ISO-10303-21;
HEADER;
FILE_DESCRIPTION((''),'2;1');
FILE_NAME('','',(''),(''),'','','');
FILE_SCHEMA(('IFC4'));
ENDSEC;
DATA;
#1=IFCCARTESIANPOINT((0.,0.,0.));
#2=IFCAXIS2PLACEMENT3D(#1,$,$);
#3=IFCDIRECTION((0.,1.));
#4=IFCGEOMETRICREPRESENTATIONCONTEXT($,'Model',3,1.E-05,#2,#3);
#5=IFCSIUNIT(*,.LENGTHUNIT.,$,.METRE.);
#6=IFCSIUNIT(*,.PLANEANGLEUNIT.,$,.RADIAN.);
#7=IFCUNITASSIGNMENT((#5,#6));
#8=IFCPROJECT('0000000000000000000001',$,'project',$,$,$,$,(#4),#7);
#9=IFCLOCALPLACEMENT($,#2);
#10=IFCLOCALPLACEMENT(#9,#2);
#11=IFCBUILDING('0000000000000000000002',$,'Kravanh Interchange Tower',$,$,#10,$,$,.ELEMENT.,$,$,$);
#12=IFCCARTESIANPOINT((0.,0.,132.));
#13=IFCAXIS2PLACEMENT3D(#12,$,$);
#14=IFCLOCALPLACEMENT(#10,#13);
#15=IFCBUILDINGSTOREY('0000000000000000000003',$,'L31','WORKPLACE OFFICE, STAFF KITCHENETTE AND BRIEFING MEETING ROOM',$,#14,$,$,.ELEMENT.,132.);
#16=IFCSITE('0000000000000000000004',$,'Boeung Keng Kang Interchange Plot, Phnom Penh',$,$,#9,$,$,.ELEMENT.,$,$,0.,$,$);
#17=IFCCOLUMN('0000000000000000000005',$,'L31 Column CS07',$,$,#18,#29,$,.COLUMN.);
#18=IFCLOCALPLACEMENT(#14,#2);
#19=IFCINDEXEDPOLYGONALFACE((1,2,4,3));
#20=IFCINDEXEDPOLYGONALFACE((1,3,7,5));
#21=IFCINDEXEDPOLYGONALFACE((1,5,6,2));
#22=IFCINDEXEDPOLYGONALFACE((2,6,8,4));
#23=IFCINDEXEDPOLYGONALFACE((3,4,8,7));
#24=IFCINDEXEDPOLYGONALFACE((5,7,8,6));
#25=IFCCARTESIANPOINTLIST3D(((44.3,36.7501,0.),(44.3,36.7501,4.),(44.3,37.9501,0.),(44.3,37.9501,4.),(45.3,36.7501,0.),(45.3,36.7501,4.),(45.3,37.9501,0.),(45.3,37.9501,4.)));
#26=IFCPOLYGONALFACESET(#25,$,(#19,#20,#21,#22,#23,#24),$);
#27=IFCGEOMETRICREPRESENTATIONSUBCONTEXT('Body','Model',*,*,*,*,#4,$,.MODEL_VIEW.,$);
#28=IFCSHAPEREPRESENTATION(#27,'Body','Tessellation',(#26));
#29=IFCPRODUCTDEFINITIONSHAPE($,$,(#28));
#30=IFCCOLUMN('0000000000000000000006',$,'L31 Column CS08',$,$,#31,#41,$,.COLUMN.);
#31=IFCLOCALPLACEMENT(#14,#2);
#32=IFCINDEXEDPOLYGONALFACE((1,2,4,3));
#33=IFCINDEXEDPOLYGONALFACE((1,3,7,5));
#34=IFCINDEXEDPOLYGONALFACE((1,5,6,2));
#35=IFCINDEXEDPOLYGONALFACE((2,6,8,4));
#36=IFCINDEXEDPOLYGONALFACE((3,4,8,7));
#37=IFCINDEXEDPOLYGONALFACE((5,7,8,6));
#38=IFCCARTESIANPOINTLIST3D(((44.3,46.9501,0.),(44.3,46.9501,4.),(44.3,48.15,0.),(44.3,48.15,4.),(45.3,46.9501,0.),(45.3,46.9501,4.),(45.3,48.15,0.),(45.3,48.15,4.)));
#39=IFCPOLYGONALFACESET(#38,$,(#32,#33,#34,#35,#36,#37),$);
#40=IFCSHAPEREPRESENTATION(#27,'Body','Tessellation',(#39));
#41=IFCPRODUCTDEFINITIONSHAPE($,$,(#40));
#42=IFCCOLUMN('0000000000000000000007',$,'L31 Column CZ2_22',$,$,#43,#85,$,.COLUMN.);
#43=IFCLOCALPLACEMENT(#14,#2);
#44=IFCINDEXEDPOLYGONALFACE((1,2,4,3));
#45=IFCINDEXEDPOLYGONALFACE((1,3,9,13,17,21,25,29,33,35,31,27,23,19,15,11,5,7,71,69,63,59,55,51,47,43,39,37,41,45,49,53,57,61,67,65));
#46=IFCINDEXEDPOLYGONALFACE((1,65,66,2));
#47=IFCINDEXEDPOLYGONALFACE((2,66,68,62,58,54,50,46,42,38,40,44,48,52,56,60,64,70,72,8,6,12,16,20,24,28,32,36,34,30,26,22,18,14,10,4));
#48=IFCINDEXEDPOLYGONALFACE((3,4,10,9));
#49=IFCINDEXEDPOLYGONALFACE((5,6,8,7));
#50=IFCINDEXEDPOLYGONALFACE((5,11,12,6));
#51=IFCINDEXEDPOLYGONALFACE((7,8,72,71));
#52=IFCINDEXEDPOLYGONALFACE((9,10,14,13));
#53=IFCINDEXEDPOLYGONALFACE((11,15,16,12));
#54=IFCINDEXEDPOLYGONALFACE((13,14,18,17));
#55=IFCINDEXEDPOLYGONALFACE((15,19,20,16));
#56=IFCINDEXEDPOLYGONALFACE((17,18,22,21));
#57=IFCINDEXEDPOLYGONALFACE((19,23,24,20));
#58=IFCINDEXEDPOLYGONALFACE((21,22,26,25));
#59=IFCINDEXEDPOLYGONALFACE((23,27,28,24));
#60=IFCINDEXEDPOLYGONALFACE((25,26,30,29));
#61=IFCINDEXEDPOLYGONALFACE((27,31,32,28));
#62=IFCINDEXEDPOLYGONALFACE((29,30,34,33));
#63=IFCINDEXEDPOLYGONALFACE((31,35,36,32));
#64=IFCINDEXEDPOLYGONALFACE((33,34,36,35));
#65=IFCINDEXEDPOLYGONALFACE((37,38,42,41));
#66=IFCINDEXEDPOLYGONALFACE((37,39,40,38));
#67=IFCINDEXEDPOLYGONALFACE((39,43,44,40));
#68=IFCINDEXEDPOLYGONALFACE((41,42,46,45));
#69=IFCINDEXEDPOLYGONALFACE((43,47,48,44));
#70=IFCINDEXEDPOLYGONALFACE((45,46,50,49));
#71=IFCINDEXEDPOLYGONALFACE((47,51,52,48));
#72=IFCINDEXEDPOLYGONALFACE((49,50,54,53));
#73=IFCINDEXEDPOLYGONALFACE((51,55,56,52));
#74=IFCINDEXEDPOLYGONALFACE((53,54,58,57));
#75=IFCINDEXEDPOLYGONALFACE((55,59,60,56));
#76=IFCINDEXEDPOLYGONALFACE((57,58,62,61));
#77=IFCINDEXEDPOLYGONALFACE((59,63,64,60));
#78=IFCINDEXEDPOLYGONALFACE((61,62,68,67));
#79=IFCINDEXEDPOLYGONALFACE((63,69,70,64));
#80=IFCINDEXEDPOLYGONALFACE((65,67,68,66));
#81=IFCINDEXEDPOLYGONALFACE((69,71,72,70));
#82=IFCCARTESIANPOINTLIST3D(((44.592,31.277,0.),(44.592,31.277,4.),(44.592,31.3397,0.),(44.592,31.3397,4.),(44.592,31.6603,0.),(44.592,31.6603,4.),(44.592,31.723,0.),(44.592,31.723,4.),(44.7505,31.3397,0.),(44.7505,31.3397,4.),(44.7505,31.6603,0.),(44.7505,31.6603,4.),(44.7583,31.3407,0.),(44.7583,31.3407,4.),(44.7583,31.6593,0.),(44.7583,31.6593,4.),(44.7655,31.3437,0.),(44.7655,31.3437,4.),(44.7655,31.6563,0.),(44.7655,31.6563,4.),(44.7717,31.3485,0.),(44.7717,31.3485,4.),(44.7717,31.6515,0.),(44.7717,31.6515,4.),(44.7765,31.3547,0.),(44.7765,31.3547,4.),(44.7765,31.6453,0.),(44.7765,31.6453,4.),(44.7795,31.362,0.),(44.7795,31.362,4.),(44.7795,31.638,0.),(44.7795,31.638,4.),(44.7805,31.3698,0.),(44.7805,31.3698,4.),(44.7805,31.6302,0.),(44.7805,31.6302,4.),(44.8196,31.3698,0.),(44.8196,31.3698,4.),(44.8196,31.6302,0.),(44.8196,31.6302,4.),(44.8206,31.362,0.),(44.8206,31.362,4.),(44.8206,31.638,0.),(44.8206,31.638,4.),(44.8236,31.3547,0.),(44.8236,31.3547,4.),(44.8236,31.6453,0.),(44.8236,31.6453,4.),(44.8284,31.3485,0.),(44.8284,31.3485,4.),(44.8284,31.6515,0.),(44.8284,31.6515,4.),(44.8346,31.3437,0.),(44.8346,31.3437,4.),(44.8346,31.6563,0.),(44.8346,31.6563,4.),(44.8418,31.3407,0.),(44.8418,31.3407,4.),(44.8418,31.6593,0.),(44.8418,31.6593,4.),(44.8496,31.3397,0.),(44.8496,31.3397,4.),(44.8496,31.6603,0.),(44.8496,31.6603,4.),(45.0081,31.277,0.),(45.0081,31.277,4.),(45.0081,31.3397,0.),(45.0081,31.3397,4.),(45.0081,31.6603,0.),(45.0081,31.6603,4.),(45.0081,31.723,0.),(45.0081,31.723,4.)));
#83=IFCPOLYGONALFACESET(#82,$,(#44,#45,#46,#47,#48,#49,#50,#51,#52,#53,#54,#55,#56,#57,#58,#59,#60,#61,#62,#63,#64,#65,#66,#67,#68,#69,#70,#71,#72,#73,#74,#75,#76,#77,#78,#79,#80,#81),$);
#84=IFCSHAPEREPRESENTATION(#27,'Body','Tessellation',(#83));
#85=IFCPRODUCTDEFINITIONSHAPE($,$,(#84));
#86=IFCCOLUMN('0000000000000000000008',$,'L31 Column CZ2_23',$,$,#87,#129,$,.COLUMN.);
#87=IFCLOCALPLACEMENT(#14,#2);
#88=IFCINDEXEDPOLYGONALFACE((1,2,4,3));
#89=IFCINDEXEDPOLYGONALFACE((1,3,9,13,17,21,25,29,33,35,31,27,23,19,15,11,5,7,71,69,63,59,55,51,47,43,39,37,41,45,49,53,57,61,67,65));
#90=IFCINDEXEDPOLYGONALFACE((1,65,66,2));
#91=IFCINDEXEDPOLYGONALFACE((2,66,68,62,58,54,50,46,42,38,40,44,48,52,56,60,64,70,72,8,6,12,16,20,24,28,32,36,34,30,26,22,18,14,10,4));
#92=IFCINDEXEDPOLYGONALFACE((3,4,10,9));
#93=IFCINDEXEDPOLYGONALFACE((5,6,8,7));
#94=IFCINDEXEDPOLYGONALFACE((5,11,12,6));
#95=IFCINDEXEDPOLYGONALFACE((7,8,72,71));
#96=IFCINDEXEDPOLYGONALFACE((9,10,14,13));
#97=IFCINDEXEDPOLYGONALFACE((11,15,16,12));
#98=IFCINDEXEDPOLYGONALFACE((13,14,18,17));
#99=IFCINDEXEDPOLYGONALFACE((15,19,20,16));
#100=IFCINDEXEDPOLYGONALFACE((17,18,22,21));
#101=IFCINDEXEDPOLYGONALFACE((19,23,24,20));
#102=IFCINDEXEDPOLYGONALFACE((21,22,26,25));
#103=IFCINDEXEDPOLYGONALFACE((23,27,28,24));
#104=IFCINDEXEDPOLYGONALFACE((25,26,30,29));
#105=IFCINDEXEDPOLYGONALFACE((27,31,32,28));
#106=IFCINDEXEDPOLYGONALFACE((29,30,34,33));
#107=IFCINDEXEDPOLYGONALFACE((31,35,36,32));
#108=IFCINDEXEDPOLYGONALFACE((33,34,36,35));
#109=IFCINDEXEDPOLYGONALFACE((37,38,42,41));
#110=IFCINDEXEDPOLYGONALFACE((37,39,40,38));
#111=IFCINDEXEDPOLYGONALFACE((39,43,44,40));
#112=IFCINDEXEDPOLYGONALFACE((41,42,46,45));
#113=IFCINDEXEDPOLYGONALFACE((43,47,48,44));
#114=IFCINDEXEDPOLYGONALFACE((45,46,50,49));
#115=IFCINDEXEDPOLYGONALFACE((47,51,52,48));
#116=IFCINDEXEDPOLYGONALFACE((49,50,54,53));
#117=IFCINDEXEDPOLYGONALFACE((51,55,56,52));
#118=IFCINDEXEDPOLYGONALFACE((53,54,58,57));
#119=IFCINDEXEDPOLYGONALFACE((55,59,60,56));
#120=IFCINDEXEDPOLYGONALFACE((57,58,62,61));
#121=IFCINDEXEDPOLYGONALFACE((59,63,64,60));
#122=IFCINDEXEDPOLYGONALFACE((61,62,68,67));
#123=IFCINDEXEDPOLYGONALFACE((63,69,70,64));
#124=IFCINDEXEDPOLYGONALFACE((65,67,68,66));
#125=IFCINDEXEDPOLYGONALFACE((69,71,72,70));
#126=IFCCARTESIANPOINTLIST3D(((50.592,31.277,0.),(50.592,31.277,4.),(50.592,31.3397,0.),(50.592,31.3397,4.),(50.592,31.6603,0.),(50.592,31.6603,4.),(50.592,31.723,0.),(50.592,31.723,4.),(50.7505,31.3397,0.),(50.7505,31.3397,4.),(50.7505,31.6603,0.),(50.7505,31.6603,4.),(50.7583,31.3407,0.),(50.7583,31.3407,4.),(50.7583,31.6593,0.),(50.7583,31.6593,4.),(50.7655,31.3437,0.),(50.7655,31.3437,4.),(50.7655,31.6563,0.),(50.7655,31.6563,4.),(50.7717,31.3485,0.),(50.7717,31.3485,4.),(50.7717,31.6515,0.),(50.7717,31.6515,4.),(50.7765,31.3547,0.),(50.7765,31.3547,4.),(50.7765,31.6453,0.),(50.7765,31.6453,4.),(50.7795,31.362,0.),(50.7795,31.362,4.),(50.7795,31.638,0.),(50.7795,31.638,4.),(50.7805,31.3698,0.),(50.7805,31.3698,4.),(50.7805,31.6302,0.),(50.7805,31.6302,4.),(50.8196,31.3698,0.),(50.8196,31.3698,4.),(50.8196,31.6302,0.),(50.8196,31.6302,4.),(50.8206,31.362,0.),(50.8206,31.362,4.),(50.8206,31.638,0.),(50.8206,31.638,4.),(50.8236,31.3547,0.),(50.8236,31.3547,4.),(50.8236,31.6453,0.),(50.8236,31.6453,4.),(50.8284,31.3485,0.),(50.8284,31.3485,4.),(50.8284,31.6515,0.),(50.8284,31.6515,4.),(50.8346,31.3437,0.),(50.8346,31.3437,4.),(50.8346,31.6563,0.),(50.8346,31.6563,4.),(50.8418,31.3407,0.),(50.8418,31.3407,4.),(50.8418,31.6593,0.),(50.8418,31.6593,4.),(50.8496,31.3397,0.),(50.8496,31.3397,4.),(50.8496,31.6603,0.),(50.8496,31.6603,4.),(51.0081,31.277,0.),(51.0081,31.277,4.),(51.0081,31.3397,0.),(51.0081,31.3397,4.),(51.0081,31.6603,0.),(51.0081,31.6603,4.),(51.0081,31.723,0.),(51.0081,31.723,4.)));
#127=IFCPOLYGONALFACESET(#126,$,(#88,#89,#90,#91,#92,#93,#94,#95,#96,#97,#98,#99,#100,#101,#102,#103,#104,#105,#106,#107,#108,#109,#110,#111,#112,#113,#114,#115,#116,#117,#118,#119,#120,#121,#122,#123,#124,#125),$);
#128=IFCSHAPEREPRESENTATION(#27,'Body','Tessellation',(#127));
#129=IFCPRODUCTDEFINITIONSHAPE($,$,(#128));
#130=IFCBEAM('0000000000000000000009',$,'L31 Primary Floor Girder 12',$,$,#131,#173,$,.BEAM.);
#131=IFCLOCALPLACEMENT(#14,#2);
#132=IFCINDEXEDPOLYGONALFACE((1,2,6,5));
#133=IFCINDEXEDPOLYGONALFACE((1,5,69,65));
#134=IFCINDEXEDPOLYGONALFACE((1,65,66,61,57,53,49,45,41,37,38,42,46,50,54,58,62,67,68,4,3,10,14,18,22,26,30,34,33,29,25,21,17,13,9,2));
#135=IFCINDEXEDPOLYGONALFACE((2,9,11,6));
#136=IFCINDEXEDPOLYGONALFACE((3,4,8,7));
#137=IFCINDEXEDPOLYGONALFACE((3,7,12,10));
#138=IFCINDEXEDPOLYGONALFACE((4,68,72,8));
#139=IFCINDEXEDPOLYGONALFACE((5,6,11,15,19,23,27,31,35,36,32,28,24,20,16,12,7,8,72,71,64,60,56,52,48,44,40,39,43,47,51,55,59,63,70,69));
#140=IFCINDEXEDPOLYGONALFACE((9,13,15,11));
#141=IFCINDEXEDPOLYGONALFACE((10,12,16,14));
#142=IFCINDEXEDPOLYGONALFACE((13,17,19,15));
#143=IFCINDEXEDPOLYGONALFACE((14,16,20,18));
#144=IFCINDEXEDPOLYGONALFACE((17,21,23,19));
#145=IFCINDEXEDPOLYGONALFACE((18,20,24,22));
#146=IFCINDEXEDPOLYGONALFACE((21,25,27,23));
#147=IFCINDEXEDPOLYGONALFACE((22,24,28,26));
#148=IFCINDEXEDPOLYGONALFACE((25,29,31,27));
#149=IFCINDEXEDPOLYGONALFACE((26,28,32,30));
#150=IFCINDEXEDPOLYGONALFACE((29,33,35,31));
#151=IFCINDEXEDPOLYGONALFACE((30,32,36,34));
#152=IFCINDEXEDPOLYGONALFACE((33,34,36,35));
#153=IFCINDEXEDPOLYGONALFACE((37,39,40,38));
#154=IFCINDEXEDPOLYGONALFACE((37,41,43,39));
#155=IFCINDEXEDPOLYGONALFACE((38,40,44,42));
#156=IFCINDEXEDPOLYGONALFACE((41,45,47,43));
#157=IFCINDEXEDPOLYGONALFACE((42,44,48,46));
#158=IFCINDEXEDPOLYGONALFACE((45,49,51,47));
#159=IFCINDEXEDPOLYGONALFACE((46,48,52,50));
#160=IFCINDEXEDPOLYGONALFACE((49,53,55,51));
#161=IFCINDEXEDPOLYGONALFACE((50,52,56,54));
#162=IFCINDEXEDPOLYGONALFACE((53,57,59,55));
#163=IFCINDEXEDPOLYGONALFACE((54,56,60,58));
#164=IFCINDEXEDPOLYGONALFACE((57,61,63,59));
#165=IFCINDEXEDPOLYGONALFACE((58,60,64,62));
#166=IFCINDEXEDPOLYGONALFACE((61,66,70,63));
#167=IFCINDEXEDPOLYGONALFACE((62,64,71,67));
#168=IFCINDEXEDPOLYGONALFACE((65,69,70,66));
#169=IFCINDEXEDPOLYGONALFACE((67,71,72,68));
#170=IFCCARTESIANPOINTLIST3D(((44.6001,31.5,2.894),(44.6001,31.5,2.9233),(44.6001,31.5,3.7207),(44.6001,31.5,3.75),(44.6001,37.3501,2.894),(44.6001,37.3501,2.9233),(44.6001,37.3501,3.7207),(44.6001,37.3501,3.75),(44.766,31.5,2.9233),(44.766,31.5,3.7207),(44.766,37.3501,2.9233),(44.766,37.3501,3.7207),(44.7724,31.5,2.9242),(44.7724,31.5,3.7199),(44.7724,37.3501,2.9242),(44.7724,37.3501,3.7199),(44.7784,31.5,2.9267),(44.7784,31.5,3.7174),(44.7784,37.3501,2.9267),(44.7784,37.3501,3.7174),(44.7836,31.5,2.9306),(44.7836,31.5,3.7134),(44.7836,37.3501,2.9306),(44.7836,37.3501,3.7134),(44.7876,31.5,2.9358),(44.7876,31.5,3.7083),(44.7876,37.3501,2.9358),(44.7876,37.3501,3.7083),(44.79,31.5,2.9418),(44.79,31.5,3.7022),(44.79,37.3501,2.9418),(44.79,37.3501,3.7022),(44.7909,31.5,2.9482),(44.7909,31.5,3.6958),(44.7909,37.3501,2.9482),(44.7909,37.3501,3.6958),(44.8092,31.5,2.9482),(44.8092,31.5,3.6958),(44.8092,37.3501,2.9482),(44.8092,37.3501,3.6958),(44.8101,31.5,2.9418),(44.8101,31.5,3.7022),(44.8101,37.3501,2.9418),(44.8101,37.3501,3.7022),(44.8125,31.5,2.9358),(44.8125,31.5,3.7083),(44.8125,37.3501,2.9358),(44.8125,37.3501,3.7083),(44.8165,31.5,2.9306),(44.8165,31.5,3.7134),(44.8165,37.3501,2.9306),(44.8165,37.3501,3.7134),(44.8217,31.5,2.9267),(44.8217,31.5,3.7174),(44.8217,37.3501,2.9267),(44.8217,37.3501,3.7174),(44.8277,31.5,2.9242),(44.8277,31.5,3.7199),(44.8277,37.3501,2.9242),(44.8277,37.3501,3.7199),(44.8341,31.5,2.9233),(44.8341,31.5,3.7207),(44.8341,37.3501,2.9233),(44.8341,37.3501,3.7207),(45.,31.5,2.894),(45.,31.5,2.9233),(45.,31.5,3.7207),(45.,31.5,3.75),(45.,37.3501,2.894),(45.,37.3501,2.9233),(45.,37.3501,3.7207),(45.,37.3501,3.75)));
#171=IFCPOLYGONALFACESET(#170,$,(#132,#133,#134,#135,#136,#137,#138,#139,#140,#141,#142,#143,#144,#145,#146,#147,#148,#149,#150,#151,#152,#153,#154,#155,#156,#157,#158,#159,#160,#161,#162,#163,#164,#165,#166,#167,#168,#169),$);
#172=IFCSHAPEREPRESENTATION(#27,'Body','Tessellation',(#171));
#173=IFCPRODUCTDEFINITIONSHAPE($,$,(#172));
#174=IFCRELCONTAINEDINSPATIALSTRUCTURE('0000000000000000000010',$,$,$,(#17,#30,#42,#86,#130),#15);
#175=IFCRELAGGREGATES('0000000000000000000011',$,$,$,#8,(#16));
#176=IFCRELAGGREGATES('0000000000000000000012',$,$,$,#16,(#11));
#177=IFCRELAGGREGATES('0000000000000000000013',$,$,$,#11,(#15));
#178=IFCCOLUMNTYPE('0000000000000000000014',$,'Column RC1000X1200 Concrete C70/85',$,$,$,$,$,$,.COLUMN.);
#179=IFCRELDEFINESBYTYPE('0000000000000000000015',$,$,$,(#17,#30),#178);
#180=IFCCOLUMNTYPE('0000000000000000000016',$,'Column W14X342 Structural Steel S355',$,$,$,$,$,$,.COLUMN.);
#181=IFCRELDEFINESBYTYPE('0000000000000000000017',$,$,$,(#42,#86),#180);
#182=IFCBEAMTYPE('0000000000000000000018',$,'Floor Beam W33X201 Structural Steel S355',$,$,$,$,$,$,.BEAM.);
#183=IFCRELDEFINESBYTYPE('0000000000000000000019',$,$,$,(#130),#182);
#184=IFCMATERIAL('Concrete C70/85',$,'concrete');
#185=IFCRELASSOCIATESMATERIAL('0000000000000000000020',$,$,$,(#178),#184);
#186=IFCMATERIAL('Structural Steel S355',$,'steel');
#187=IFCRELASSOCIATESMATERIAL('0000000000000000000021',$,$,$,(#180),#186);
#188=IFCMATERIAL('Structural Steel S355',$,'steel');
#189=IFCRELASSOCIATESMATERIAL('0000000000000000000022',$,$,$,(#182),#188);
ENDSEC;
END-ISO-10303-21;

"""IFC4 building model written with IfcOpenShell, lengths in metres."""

from ifc_helpers import new_model, si_unit, direction, frame, origin, origin_2d, place, context, subcontext, project, spatial, rectangle, i_section, extrude, material, material_profile, profile_set, type_object, element, save


model = new_model("IFC4")

# Units and contexts
model_context = context("Model", 3, precision=1e-05, world=origin(), true_north=direction((0.0, 1.0)))
body_context = subcontext(model_context, "Body", "Model", "MODEL_VIEW")
ifc_project = project(units=[si_unit("LENGTHUNIT", "METRE"), si_unit("PLANEANGLEUNIT", "RADIAN")], contexts=[model_context])

# Site, building, storey
site_placement = place(None, origin())
site = spatial("IfcSite", under=ifc_project, at=site_placement, Name="Boeung Keng Kang Interchange Plot, Phnom Penh", CompositionType="ELEMENT", RefElevation=0.0)
building_placement = place(site_placement, origin())
building = spatial("IfcBuilding", under=site, at=building_placement, Name="Kravanh Interchange Tower", CompositionType="ELEMENT")
storey_placement = place(building_placement, frame((0.0, 0.0, 132.0)))
storey = spatial("IfcBuildingStorey", under=building, at=storey_placement, Name="L31", Description="WORKPLACE OFFICE, STAFF KITCHENETTE AND BRIEFING MEETING ROOM", CompositionType="ELEMENT", Elevation=132.0)

# Columns
ifc_material_1 = material(Name="Concrete C70/85", Category="concrete")
ifc_material_profile_1 = material_profile(ifc_material_1, rectangle(XDim=1.0, YDim=1.2, at=origin_2d()), Name="RC1000X1200")
ifc_profile_set_1 = profile_set([ifc_material_profile_1], Name="Concrete C70/85")
column_type_1 = type_object("IfcColumnType", Name="Column RC1000X1200 Concrete C70/85", PredefinedType="COLUMN", material=ifc_profile_set_1)
for number, where, z_axis, x_axis, name in (
    (1, (44.8, 37.3501, 0.0), (0.0, 0.0, 1.0), (1.0, 0.0, 0.0), "L31 Column CS07"),
    (2, (44.8, 47.55, 0.0), (0.0, 0.0, 1.0), (1.0, 0.0, 0.0), "L31 Column CS08"),
):
    element("IfcColumn", number, at=place(storey_placement, frame(where, z_axis=z_axis, x_axis=x_axis)), inside=storey, type_object=column_type_1, Name=name, PredefinedType="COLUMN", context=body_context, shape_type="SweptSolid", body=[
        extrude(rectangle(XDim=1.0, YDim=1.2, at=origin_2d()), origin(), (0.0, 0.0, 1.0), 4.0),
    ])
ifc_material_2 = material(Name="Structural Steel S355", Category="steel")
ifc_material_profile_2 = material_profile(ifc_material_2, i_section(OverallWidth=0.416, OverallDepth=0.446, WebThickness=0.0391, FlangeThickness=0.0627, FilletRadius=0.03, at=origin_2d()), Name="W14X342")
ifc_profile_set_2 = profile_set([ifc_material_profile_2], Name="Structural Steel S355")
column_type_2 = type_object("IfcColumnType", Name="Column W14X342 Structural Steel S355", PredefinedType="COLUMN", material=ifc_profile_set_2)
for number, where, z_axis, x_axis, name in (
    (3, (44.8, 31.5, 0.0), (0.0, 0.0, 1.0), (1.0, 0.0, 0.0), "L31 Column CZ2_22"),
    (4, (50.8, 31.5, 0.0), (0.0, 0.0, 1.0), (1.0, 0.0, 0.0), "L31 Column CZ2_23"),
):
    element("IfcColumn", number, at=place(storey_placement, frame(where, z_axis=z_axis, x_axis=x_axis)), inside=storey, type_object=column_type_2, Name=name, PredefinedType="COLUMN", context=body_context, shape_type="SweptSolid", body=[
        extrude(i_section(OverallWidth=0.416, OverallDepth=0.446, WebThickness=0.0391, FlangeThickness=0.0627, FilletRadius=0.03, at=origin_2d()), origin(), (0.0, 0.0, 1.0), 4.0),
    ])

# Beam
ifc_material_3 = material(Name="Structural Steel S355", Category="steel")
ifc_material_profile_3 = material_profile(ifc_material_3, i_section(OverallWidth=0.3999, OverallDepth=0.856, WebThickness=0.0183, FlangeThickness=0.0293, FilletRadius=0.0249, at=origin_2d()), Name="W33X201")
ifc_profile_set_3 = profile_set([ifc_material_profile_3], Name="Structural Steel S355")
beam_type_1 = type_object("IfcBeamType", Name="Floor Beam W33X201 Structural Steel S355", PredefinedType="BEAM", material=ifc_profile_set_3)
beam_1_placement = place(storey_placement, frame((44.8, 37.3501, 3.322), z_axis=(0.0, -1.0, 0.0), x_axis=(1.0, 0.0, 0.0)))
element("IfcBeam", 5, at=beam_1_placement, inside=storey, type_object=beam_type_1, Name="L31 Primary Floor Girder 12", PredefinedType="BEAM", context=body_context, shape_type="SweptSolid", body=[
    extrude(i_section(OverallWidth=0.3999, OverallDepth=0.856, WebThickness=0.0183, FlangeThickness=0.0293, FilletRadius=0.0249, at=origin_2d()), origin(), (0.0, 0.0, 1.0), 5.8501),
])

save(model, "model.ifc")
